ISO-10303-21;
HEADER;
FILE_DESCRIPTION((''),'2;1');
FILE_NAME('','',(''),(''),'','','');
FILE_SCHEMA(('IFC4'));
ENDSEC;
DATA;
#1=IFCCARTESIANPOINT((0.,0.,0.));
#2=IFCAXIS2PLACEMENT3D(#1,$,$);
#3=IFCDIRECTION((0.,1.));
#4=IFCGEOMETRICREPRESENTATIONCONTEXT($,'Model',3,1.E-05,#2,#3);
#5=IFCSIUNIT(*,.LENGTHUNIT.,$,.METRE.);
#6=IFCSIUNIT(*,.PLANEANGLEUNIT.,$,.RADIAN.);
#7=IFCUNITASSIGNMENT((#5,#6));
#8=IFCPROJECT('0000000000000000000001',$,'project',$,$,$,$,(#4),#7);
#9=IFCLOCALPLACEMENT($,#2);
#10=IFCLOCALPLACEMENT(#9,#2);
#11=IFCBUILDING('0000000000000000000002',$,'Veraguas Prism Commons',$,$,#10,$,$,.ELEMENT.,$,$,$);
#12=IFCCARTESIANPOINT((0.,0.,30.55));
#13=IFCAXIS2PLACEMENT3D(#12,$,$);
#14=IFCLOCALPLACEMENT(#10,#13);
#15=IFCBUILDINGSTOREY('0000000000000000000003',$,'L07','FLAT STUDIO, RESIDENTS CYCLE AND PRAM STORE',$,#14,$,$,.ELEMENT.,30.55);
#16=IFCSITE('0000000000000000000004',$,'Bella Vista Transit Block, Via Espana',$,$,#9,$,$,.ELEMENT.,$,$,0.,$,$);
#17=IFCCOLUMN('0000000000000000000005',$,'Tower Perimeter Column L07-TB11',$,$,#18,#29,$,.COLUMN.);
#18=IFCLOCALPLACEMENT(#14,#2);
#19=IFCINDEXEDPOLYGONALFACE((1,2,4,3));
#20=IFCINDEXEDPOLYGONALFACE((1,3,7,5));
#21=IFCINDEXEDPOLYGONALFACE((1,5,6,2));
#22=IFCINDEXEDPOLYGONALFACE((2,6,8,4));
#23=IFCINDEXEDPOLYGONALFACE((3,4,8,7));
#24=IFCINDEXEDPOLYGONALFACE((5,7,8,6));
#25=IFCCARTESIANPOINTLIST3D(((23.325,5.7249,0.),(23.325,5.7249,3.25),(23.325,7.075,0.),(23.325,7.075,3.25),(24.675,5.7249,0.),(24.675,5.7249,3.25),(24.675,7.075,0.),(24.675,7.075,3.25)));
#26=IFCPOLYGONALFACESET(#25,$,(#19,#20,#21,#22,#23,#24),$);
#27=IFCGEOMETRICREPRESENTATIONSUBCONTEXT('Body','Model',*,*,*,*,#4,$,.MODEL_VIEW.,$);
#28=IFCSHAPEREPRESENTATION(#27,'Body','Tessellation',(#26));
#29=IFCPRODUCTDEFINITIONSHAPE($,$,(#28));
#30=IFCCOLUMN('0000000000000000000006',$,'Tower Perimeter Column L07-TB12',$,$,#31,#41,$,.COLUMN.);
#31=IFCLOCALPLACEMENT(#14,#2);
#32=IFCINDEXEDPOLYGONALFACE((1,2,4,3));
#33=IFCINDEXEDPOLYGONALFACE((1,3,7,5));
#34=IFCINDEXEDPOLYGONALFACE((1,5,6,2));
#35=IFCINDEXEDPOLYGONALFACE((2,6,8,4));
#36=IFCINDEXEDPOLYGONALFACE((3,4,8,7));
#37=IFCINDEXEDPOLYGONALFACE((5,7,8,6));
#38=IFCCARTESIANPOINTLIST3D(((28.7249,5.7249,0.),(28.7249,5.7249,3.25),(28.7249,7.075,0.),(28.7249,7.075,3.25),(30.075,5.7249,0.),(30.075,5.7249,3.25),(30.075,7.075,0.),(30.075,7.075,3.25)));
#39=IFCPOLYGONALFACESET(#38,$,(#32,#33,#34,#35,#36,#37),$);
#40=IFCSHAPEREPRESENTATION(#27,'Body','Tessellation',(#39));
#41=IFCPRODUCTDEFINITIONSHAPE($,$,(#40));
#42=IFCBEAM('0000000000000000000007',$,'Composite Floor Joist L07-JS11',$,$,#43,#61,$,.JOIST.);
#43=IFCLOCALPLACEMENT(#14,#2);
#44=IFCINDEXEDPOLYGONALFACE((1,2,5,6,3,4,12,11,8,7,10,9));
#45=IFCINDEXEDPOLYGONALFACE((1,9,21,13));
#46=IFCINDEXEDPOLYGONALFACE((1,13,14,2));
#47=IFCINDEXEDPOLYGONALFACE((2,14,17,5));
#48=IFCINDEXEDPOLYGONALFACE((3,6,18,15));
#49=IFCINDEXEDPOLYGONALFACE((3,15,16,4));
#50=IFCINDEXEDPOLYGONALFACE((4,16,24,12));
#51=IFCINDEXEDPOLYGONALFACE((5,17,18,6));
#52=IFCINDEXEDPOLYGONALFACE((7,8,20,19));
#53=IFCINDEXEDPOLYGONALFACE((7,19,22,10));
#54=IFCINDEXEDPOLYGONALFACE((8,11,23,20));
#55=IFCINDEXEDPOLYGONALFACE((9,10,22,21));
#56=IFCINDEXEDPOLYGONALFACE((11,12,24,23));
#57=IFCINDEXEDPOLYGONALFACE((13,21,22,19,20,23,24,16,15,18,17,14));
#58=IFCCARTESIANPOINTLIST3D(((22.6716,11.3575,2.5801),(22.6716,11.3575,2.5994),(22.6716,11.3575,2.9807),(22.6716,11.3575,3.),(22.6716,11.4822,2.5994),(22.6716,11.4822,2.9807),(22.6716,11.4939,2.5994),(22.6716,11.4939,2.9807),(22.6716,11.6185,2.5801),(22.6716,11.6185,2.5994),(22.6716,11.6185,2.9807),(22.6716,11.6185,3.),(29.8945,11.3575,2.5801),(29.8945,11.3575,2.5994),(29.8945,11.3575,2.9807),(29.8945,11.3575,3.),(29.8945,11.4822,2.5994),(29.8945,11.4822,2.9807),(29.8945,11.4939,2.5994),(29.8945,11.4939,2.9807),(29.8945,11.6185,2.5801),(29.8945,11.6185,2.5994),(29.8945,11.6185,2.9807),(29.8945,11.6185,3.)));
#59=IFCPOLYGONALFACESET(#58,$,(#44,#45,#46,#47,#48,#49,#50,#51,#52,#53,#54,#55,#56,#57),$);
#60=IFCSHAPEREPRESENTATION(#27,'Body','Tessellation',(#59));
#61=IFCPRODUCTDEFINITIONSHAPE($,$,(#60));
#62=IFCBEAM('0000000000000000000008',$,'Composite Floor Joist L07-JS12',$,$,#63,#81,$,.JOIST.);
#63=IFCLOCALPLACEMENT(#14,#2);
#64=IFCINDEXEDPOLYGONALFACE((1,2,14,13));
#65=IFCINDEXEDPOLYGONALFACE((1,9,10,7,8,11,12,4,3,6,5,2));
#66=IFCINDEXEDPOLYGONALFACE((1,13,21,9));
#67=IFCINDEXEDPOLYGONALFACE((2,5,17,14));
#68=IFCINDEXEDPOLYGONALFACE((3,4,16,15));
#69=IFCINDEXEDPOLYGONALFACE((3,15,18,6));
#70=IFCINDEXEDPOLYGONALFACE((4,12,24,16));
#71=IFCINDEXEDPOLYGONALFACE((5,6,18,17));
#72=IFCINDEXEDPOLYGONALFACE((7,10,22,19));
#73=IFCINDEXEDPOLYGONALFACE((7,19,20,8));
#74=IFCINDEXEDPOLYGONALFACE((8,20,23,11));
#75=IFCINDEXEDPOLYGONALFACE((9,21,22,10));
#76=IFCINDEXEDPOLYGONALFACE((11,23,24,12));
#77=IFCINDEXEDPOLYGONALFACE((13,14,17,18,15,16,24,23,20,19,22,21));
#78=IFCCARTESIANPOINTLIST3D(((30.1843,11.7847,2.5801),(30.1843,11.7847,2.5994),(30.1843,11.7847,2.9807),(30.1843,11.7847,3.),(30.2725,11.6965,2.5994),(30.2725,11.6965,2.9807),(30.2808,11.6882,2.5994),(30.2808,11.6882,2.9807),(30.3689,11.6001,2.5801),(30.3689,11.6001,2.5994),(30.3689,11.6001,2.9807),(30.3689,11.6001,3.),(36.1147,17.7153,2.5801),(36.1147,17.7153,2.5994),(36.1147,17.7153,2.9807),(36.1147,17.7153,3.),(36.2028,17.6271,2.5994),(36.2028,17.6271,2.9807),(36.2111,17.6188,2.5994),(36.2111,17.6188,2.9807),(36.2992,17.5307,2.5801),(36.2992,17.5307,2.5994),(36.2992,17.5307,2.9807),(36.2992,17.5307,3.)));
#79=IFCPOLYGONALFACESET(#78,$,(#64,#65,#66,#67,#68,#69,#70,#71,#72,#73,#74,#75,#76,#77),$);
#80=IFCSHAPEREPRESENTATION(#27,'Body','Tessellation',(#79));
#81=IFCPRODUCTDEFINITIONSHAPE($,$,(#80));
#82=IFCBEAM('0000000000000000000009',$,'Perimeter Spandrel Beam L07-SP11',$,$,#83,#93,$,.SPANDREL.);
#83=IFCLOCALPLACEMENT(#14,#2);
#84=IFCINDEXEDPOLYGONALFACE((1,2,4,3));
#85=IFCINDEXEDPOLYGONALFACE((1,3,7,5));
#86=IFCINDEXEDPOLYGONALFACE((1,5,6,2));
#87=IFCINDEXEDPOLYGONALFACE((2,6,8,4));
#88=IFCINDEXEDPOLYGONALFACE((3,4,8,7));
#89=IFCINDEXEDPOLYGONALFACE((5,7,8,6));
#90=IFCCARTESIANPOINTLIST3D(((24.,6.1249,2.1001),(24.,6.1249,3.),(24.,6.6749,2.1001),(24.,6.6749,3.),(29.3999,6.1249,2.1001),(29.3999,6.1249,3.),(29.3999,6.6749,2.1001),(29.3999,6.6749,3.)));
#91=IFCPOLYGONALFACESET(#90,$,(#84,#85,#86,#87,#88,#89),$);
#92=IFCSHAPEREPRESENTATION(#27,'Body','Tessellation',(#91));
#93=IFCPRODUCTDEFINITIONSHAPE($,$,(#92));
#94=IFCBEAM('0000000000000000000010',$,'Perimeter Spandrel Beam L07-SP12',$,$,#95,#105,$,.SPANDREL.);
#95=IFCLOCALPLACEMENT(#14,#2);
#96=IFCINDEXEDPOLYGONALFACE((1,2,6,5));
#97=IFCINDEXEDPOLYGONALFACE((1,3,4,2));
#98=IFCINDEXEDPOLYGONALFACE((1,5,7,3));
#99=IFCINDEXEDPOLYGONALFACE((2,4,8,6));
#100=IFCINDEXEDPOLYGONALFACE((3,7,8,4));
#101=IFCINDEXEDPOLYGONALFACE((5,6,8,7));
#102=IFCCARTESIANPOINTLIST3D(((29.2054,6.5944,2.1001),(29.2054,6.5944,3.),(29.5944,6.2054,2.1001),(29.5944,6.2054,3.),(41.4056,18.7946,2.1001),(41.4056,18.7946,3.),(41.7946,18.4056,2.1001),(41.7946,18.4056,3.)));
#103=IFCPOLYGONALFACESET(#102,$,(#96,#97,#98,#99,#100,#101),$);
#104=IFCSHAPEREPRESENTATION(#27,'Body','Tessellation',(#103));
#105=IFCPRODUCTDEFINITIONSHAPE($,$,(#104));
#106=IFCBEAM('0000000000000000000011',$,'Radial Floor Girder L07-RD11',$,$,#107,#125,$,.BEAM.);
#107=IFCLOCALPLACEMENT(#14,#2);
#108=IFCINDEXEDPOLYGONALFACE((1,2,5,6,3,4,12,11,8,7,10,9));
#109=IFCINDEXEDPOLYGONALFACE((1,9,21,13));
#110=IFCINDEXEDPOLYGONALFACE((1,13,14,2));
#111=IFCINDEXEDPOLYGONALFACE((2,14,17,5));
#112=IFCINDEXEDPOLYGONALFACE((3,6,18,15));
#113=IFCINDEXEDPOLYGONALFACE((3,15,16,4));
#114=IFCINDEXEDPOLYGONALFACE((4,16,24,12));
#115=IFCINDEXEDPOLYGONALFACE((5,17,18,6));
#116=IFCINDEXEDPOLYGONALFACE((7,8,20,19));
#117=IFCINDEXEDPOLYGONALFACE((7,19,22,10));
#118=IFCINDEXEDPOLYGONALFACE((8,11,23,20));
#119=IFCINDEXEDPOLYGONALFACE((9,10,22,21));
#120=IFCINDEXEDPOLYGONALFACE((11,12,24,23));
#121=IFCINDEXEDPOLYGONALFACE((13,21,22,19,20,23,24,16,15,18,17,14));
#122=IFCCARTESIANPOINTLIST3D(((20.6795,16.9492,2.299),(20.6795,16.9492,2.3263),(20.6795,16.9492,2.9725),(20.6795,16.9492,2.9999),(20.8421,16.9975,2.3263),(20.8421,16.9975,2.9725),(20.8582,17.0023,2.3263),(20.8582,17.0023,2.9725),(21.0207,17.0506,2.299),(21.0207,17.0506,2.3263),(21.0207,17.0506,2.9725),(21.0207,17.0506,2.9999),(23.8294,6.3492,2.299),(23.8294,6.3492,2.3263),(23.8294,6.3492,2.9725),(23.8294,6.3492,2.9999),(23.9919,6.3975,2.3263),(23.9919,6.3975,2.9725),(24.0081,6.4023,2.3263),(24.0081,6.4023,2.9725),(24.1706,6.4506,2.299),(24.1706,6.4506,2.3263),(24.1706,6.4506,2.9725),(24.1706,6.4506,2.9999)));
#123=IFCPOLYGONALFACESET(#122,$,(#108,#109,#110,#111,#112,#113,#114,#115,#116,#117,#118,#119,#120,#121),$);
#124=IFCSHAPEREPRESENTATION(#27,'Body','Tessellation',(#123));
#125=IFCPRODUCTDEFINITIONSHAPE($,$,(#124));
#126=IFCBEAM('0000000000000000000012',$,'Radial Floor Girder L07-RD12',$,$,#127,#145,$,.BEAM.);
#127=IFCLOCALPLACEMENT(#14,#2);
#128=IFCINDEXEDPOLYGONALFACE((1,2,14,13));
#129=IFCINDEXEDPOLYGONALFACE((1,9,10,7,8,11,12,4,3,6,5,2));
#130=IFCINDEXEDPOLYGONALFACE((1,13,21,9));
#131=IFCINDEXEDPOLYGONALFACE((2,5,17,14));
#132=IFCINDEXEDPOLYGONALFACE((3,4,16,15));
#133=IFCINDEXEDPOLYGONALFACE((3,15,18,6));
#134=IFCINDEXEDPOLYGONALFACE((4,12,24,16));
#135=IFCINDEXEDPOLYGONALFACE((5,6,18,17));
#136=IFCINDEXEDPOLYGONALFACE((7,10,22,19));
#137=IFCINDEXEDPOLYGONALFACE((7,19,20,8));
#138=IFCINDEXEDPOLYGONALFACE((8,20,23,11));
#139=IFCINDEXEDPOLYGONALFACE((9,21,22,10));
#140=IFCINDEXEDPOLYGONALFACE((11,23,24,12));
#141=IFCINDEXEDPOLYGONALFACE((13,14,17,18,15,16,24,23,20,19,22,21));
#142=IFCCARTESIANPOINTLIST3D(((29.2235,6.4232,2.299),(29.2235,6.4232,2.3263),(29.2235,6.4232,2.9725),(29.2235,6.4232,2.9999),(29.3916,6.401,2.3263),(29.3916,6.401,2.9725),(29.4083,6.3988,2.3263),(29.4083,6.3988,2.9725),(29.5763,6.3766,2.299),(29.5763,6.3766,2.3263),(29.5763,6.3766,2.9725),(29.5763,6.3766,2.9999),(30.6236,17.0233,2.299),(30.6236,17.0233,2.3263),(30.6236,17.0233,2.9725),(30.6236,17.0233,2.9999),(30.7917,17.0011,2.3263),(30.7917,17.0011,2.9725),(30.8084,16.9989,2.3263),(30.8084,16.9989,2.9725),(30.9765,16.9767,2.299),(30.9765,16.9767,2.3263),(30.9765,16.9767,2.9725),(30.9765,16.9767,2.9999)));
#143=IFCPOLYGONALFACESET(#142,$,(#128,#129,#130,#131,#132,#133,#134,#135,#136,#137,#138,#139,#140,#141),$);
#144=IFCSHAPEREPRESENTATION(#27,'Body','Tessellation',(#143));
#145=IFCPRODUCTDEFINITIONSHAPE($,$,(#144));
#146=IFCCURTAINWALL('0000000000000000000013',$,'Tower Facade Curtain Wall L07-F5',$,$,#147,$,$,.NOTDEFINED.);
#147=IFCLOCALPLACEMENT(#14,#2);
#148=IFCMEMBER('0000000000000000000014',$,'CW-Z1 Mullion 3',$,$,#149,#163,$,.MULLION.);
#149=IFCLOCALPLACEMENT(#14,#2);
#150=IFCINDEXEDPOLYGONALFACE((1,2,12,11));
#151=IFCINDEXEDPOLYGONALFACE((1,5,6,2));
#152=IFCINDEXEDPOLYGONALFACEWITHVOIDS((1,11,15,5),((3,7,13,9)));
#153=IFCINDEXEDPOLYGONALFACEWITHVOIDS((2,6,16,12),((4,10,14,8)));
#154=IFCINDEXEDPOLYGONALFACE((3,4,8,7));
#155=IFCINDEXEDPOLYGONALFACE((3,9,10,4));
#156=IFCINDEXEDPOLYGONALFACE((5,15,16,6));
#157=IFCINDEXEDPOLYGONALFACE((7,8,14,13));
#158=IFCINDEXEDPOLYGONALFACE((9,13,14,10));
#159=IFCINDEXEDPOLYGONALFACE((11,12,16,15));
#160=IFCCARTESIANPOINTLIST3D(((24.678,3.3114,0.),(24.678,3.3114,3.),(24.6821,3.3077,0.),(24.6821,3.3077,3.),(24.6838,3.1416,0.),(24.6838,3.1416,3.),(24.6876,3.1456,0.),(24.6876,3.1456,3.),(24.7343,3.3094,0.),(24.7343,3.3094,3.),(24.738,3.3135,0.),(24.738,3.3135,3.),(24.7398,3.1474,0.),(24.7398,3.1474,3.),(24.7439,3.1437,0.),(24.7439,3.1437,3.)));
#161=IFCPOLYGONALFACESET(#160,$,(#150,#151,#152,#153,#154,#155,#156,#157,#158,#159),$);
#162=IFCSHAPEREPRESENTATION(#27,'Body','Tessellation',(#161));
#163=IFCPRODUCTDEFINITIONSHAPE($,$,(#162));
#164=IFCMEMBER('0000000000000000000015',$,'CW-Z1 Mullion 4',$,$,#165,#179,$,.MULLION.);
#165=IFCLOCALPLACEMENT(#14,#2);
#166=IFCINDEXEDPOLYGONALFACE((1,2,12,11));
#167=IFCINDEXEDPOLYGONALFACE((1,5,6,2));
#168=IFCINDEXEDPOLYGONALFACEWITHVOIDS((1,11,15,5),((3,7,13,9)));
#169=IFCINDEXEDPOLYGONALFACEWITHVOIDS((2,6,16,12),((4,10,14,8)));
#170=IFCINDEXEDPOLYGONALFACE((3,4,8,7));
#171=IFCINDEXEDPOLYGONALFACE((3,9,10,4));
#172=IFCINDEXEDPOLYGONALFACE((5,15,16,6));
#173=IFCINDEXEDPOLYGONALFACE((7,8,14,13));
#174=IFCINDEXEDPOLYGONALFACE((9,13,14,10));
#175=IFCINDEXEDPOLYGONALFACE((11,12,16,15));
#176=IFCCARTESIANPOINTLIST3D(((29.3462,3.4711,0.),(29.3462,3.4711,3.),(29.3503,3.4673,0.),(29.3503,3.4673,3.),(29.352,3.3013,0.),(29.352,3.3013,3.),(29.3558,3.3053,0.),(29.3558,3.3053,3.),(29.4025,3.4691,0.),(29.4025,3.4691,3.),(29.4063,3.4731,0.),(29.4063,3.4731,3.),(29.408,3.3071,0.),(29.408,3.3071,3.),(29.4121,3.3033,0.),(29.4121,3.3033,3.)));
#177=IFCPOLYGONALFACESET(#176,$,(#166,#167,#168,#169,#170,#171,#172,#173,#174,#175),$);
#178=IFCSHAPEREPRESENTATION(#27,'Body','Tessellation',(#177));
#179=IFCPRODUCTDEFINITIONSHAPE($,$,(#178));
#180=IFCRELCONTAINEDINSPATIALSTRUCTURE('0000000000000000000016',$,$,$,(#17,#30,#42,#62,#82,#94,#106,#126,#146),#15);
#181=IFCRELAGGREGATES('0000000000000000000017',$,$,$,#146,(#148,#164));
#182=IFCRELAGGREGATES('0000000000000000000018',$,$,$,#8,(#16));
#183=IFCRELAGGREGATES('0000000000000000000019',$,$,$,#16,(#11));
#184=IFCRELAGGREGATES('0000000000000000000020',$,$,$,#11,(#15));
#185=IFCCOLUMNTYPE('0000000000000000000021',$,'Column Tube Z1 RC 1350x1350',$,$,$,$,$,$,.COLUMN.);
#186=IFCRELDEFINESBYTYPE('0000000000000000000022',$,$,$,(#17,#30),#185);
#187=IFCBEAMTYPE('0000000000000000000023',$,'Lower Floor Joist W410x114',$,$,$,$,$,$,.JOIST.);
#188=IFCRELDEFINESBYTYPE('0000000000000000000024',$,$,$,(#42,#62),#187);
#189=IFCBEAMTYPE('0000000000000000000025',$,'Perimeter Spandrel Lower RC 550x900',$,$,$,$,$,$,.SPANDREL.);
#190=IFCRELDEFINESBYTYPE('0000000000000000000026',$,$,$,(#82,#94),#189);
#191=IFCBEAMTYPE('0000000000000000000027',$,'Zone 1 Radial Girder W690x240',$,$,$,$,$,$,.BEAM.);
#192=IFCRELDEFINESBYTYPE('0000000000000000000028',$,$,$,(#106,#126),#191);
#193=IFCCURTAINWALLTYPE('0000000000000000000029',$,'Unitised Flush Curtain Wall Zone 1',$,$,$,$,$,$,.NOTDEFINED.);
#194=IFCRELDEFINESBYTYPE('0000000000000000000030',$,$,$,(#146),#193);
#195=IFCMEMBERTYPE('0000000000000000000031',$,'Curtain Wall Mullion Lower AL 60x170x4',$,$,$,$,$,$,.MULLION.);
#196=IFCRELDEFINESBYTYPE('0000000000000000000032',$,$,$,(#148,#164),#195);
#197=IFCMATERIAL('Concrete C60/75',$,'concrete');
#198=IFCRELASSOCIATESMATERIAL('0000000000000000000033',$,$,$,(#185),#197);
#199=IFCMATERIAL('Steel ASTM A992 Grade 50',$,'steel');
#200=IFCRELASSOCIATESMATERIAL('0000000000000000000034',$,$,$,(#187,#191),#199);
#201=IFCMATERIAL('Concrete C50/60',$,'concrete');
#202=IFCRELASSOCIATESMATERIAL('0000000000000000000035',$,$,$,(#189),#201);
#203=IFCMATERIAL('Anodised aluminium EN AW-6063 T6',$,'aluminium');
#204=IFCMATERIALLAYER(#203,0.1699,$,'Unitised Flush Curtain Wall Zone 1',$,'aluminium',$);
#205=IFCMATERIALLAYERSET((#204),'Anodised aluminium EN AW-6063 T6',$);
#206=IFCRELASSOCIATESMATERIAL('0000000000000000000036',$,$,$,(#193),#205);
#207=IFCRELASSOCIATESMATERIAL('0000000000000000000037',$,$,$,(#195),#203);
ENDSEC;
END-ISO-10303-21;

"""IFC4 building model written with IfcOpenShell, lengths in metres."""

from ifc_helpers import new_model, si_unit, direction, frame, origin, origin_2d, place, context, subcontext, project, spatial, rectangle, hollow_rectangle, i_section, extrude, source, transform, mapped, material, layer, layer_set, material_profile, profile_set, type_object, element, aggregate, save


model = new_model("IFC4")

# Units and contexts
model_context = context("Model", 3, precision=1e-05, world=origin(), true_north=direction((0.0, 1.0)))
body_context = subcontext(model_context, "Body", "Model", "MODEL_VIEW")
ifc_project = project(units=[si_unit("LENGTHUNIT", "METRE"), si_unit("PLANEANGLEUNIT", "RADIAN")], contexts=[model_context])

# Site, building, storey
site_placement = place(None, origin())
site = spatial("IfcSite", under=ifc_project, at=site_placement, Name="Bella Vista Transit Block, Via Espana", CompositionType="ELEMENT", RefElevation=0.0)
building_placement = place(site_placement, origin())
building = spatial("IfcBuilding", under=site, at=building_placement, Name="Veraguas Prism Commons", CompositionType="ELEMENT")
storey_placement = place(building_placement, frame((0.0, 0.0, 30.55)))
storey = spatial("IfcBuildingStorey", under=building, at=storey_placement, Name="L07", Description="FLAT STUDIO, RESIDENTS CYCLE AND PRAM STORE", CompositionType="ELEMENT", Elevation=30.55)

# Columns
ifc_material_1 = material(Name="Concrete C60/75", Category="concrete")
ifc_material_profile_1 = material_profile(ifc_material_1, rectangle(XDim=1.3501, YDim=1.3501, at=origin_2d()), Name="RC1350X1350")
ifc_profile_set_1 = profile_set([ifc_material_profile_1], Name="Concrete C60/75")
column_type = type_object("IfcColumnType", Name="Column Tube Z1 RC 1350x1350", PredefinedType="COLUMN", material=ifc_profile_set_1)
for number, where, z_axis, x_axis, name in (
    (1, (24.0, 6.3999, 0.0), (0.0, 0.0, 1.0), (1.0, 0.0, 0.0), "Tower Perimeter Column L07-TB11"),
    (2, (29.3999, 6.3999, 0.0), (0.0, 0.0, 1.0), (1.0, 0.0, 0.0), "Tower Perimeter Column L07-TB12"),
):
    element("IfcColumn", number, at=place(storey_placement, frame(where, z_axis=z_axis, x_axis=x_axis)), inside=storey, type_object=column_type, Name=name, PredefinedType="COLUMN", context=body_context, shape_type="SweptSolid", body=[
        extrude(rectangle(XDim=1.3501, YDim=1.3501, at=origin_2d()), origin(), (0.0, 0.0, 1.0), 3.25),
    ])

# Beams
ifc_material_2 = material(Name="Steel ASTM A992 Grade 50", Category="steel")
ifc_material_profile_2 = material_profile(ifc_material_2, i_section(OverallWidth=0.261, OverallDepth=0.4199, WebThickness=0.0117, FlangeThickness=0.0193, at=origin_2d()), Name="W410X114")
ifc_profile_set_2 = profile_set([ifc_material_profile_2], Name="Steel ASTM A992 Grade 50")
beam_type_1 = type_object("IfcBeamType", Name="Lower Floor Joist W410x114", PredefinedType="JOIST", material=ifc_profile_set_2)
beam_1_placement = place(storey_placement, frame((22.6716, 11.488, 2.79), z_axis=(1.0, 0.0, 0.0), x_axis=(0.0, 1.0, 0.0)))
element("IfcBeam", 3, at=beam_1_placement, inside=storey, type_object=beam_type_1, Name="Composite Floor Joist L07-JS11", PredefinedType="JOIST", context=body_context, shape_type="SweptSolid", body=[
    extrude(i_section(OverallWidth=0.261, OverallDepth=0.4199, WebThickness=0.0117, FlangeThickness=0.0193, at=origin_2d()), origin(), (0.0, 0.0, 1.0), 7.2229),
])
beam_2_placement = place(storey_placement, frame((30.2766, 11.6924, 2.79), z_axis=(0.707092, 0.707121, 0.0), x_axis=(-0.707121, 0.707092, 0.0)))
element("IfcBeam", 4, at=beam_2_placement, inside=storey, type_object=beam_type_1, Name="Composite Floor Joist L07-JS12", PredefinedType="JOIST", context=body_context, shape_type="SweptSolid", body=[
    extrude(i_section(OverallWidth=0.261, OverallDepth=0.4199, WebThickness=0.0117, FlangeThickness=0.0193, at=origin_2d()), origin(), (0.0, 0.0, 1.0), 8.387),
])
ifc_material_3 = material(Name="Concrete C50/60", Category="concrete")
ifc_material_profile_3 = material_profile(ifc_material_3, rectangle(XDim=0.55, YDim=0.8999, at=origin_2d()), Name="RC550X900")
ifc_profile_set_3 = profile_set([ifc_material_profile_3], Name="Concrete C50/60")
beam_type_2 = type_object("IfcBeamType", Name="Perimeter Spandrel Lower RC 550x900", PredefinedType="SPANDREL", material=ifc_profile_set_3)
beam_3_placement = place(storey_placement, frame((24.0, 6.3999, 2.55), z_axis=(1.0, 0.0, 0.0), x_axis=(0.0, 1.0, 0.0)))
element("IfcBeam", 5, at=beam_3_placement, inside=storey, type_object=beam_type_2, Name="Perimeter Spandrel Beam L07-SP11", PredefinedType="SPANDREL", context=body_context, shape_type="SweptSolid", body=[
    extrude(rectangle(XDim=0.55, YDim=0.8999, at=origin_2d()), origin(), (0.0, 0.0, 1.0), 5.3999),
])
beam_4_placement = place(storey_placement, frame((29.3999, 6.3999, 2.55), z_axis=(0.707107, 0.707107, 0.0), x_axis=(-0.707107, 0.707107, 0.0)))
element("IfcBeam", 6, at=beam_4_placement, inside=storey, type_object=beam_type_2, Name="Perimeter Spandrel Beam L07-SP12", PredefinedType="SPANDREL", context=body_context, shape_type="SweptSolid", body=[
    extrude(rectangle(XDim=0.55, YDim=0.8999, at=origin_2d()), origin(), (0.0, 0.0, 1.0), 17.2537),
])
ifc_material_profile_4 = material_profile(ifc_material_2, i_section(OverallWidth=0.356, OverallDepth=0.7009, WebThickness=0.0168, FlangeThickness=0.0273, at=origin_2d()), Name="W690X240")
ifc_profile_set_4 = profile_set([ifc_material_profile_4], Name="Steel ASTM A992 Grade 50")
beam_type_3 = type_object("IfcBeamType", Name="Zone 1 Radial Girder W690x240", PredefinedType="BEAM", material=ifc_profile_set_4)
beam_5_placement = place(storey_placement, frame((24.0, 6.3999, 2.6494), z_axis=(-0.284847, 0.958573, 0.0), x_axis=(-0.958573, -0.284847, 0.0)))
element("IfcBeam", 7, at=beam_5_placement, inside=storey, type_object=beam_type_3, Name="Radial Floor Girder L07-RD11", PredefinedType="BEAM", context=body_context, shape_type="SweptSolid", body=[
    extrude(i_section(OverallWidth=0.356, OverallDepth=0.7009, WebThickness=0.0168, FlangeThickness=0.0273, at=origin_2d()), origin(), (0.0, 0.0, 1.0), 11.0581),
])
beam_6_placement = place(storey_placement, frame((29.3999, 6.3999, 2.6494), z_axis=(0.130951, 0.991389, 0.0), x_axis=(-0.991389, 0.130951, 0.0)))
element("IfcBeam", 8, at=beam_6_placement, inside=storey, type_object=beam_type_3, Name="Radial Floor Girder L07-RD12", PredefinedType="BEAM", context=body_context, shape_type="SweptSolid", body=[
    extrude(i_section(OverallWidth=0.356, OverallDepth=0.7009, WebThickness=0.0168, FlangeThickness=0.0273, at=origin_2d()), origin(), (0.0, 0.0, 1.0), 10.6921),
])

# Curtain wall, members
ifc_material_4 = material(Name="Anodised aluminium EN AW-6063 T6", Category="aluminium")
ifc_layer_1 = layer(ifc_material_4, 0.1699, Name="Unitised Flush Curtain Wall Zone 1", Category="aluminium")
ifc_layer_set_1 = layer_set([ifc_layer_1], Name="Anodised aluminium EN AW-6063 T6")
curtain_wall_type = type_object("IfcCurtainWallType", Name="Unitised Flush Curtain Wall Zone 1", PredefinedType="NOTDEFINED", material=ifc_layer_set_1)
curtain_wall_placement = place(storey_placement, origin())
curtain_wall = element("IfcCurtainWall", 9, at=curtain_wall_placement, inside=storey, type_object=curtain_wall_type, Name="Tower Facade Curtain Wall L07-F5", PredefinedType="NOTDEFINED")
ifc_material_profile_5 = material_profile(ifc_material_4, hollow_rectangle(XDim=0.0601, YDim=0.1699, WallThickness=0.0039, at=origin_2d()), Name="AL60X170X4")
ifc_profile_set_5 = profile_set([ifc_material_profile_5], Name="Anodised aluminium EN AW-6063 T6")
member_type = type_object("IfcMemberType", Name="Curtain Wall Mullion Lower AL 60x170x4", PredefinedType="MULLION", material=ifc_profile_set_5)
shared_shape_1 = source(origin(), body_context, "Body", "SweptSolid", [
    extrude(hollow_rectangle(XDim=0.0601, YDim=0.1699, WallThickness=0.0039, at=origin_2d()), origin(), (0.0, 0.0, 1.0), 3.0),
])
member_1_placement = place(storey_placement, frame((24.7109, 3.2275, 0.0), z_axis=(0.0, 0.0, 1.0), x_axis=(0.999415, 0.034195, 0.0)))
member_1 = element("IfcMember", 10, at=member_1_placement, type_object=member_type, Name="CW-Z1 Mullion 3", PredefinedType="MULLION", context=body_context, shape_type="MappedRepresentation", body=[
    mapped(shared_shape_1, transform((0.0, 0.0, 0.0), scale=1.0)),
])
member_2_placement = place(storey_placement, frame((29.3792, 3.3872, 0.0), z_axis=(0.0, 0.0, 1.0), x_axis=(0.999415, 0.034195, 0.0)))
member_2 = element("IfcMember", 11, at=member_2_placement, type_object=member_type, Name="CW-Z1 Mullion 4", PredefinedType="MULLION", context=body_context, shape_type="MappedRepresentation", body=[
    mapped(shared_shape_1, transform((0.0, 0.0, 0.0), scale=1.0)),
])
aggregate(curtain_wall, [member_1, member_2])

save(model, "model.ifc")
